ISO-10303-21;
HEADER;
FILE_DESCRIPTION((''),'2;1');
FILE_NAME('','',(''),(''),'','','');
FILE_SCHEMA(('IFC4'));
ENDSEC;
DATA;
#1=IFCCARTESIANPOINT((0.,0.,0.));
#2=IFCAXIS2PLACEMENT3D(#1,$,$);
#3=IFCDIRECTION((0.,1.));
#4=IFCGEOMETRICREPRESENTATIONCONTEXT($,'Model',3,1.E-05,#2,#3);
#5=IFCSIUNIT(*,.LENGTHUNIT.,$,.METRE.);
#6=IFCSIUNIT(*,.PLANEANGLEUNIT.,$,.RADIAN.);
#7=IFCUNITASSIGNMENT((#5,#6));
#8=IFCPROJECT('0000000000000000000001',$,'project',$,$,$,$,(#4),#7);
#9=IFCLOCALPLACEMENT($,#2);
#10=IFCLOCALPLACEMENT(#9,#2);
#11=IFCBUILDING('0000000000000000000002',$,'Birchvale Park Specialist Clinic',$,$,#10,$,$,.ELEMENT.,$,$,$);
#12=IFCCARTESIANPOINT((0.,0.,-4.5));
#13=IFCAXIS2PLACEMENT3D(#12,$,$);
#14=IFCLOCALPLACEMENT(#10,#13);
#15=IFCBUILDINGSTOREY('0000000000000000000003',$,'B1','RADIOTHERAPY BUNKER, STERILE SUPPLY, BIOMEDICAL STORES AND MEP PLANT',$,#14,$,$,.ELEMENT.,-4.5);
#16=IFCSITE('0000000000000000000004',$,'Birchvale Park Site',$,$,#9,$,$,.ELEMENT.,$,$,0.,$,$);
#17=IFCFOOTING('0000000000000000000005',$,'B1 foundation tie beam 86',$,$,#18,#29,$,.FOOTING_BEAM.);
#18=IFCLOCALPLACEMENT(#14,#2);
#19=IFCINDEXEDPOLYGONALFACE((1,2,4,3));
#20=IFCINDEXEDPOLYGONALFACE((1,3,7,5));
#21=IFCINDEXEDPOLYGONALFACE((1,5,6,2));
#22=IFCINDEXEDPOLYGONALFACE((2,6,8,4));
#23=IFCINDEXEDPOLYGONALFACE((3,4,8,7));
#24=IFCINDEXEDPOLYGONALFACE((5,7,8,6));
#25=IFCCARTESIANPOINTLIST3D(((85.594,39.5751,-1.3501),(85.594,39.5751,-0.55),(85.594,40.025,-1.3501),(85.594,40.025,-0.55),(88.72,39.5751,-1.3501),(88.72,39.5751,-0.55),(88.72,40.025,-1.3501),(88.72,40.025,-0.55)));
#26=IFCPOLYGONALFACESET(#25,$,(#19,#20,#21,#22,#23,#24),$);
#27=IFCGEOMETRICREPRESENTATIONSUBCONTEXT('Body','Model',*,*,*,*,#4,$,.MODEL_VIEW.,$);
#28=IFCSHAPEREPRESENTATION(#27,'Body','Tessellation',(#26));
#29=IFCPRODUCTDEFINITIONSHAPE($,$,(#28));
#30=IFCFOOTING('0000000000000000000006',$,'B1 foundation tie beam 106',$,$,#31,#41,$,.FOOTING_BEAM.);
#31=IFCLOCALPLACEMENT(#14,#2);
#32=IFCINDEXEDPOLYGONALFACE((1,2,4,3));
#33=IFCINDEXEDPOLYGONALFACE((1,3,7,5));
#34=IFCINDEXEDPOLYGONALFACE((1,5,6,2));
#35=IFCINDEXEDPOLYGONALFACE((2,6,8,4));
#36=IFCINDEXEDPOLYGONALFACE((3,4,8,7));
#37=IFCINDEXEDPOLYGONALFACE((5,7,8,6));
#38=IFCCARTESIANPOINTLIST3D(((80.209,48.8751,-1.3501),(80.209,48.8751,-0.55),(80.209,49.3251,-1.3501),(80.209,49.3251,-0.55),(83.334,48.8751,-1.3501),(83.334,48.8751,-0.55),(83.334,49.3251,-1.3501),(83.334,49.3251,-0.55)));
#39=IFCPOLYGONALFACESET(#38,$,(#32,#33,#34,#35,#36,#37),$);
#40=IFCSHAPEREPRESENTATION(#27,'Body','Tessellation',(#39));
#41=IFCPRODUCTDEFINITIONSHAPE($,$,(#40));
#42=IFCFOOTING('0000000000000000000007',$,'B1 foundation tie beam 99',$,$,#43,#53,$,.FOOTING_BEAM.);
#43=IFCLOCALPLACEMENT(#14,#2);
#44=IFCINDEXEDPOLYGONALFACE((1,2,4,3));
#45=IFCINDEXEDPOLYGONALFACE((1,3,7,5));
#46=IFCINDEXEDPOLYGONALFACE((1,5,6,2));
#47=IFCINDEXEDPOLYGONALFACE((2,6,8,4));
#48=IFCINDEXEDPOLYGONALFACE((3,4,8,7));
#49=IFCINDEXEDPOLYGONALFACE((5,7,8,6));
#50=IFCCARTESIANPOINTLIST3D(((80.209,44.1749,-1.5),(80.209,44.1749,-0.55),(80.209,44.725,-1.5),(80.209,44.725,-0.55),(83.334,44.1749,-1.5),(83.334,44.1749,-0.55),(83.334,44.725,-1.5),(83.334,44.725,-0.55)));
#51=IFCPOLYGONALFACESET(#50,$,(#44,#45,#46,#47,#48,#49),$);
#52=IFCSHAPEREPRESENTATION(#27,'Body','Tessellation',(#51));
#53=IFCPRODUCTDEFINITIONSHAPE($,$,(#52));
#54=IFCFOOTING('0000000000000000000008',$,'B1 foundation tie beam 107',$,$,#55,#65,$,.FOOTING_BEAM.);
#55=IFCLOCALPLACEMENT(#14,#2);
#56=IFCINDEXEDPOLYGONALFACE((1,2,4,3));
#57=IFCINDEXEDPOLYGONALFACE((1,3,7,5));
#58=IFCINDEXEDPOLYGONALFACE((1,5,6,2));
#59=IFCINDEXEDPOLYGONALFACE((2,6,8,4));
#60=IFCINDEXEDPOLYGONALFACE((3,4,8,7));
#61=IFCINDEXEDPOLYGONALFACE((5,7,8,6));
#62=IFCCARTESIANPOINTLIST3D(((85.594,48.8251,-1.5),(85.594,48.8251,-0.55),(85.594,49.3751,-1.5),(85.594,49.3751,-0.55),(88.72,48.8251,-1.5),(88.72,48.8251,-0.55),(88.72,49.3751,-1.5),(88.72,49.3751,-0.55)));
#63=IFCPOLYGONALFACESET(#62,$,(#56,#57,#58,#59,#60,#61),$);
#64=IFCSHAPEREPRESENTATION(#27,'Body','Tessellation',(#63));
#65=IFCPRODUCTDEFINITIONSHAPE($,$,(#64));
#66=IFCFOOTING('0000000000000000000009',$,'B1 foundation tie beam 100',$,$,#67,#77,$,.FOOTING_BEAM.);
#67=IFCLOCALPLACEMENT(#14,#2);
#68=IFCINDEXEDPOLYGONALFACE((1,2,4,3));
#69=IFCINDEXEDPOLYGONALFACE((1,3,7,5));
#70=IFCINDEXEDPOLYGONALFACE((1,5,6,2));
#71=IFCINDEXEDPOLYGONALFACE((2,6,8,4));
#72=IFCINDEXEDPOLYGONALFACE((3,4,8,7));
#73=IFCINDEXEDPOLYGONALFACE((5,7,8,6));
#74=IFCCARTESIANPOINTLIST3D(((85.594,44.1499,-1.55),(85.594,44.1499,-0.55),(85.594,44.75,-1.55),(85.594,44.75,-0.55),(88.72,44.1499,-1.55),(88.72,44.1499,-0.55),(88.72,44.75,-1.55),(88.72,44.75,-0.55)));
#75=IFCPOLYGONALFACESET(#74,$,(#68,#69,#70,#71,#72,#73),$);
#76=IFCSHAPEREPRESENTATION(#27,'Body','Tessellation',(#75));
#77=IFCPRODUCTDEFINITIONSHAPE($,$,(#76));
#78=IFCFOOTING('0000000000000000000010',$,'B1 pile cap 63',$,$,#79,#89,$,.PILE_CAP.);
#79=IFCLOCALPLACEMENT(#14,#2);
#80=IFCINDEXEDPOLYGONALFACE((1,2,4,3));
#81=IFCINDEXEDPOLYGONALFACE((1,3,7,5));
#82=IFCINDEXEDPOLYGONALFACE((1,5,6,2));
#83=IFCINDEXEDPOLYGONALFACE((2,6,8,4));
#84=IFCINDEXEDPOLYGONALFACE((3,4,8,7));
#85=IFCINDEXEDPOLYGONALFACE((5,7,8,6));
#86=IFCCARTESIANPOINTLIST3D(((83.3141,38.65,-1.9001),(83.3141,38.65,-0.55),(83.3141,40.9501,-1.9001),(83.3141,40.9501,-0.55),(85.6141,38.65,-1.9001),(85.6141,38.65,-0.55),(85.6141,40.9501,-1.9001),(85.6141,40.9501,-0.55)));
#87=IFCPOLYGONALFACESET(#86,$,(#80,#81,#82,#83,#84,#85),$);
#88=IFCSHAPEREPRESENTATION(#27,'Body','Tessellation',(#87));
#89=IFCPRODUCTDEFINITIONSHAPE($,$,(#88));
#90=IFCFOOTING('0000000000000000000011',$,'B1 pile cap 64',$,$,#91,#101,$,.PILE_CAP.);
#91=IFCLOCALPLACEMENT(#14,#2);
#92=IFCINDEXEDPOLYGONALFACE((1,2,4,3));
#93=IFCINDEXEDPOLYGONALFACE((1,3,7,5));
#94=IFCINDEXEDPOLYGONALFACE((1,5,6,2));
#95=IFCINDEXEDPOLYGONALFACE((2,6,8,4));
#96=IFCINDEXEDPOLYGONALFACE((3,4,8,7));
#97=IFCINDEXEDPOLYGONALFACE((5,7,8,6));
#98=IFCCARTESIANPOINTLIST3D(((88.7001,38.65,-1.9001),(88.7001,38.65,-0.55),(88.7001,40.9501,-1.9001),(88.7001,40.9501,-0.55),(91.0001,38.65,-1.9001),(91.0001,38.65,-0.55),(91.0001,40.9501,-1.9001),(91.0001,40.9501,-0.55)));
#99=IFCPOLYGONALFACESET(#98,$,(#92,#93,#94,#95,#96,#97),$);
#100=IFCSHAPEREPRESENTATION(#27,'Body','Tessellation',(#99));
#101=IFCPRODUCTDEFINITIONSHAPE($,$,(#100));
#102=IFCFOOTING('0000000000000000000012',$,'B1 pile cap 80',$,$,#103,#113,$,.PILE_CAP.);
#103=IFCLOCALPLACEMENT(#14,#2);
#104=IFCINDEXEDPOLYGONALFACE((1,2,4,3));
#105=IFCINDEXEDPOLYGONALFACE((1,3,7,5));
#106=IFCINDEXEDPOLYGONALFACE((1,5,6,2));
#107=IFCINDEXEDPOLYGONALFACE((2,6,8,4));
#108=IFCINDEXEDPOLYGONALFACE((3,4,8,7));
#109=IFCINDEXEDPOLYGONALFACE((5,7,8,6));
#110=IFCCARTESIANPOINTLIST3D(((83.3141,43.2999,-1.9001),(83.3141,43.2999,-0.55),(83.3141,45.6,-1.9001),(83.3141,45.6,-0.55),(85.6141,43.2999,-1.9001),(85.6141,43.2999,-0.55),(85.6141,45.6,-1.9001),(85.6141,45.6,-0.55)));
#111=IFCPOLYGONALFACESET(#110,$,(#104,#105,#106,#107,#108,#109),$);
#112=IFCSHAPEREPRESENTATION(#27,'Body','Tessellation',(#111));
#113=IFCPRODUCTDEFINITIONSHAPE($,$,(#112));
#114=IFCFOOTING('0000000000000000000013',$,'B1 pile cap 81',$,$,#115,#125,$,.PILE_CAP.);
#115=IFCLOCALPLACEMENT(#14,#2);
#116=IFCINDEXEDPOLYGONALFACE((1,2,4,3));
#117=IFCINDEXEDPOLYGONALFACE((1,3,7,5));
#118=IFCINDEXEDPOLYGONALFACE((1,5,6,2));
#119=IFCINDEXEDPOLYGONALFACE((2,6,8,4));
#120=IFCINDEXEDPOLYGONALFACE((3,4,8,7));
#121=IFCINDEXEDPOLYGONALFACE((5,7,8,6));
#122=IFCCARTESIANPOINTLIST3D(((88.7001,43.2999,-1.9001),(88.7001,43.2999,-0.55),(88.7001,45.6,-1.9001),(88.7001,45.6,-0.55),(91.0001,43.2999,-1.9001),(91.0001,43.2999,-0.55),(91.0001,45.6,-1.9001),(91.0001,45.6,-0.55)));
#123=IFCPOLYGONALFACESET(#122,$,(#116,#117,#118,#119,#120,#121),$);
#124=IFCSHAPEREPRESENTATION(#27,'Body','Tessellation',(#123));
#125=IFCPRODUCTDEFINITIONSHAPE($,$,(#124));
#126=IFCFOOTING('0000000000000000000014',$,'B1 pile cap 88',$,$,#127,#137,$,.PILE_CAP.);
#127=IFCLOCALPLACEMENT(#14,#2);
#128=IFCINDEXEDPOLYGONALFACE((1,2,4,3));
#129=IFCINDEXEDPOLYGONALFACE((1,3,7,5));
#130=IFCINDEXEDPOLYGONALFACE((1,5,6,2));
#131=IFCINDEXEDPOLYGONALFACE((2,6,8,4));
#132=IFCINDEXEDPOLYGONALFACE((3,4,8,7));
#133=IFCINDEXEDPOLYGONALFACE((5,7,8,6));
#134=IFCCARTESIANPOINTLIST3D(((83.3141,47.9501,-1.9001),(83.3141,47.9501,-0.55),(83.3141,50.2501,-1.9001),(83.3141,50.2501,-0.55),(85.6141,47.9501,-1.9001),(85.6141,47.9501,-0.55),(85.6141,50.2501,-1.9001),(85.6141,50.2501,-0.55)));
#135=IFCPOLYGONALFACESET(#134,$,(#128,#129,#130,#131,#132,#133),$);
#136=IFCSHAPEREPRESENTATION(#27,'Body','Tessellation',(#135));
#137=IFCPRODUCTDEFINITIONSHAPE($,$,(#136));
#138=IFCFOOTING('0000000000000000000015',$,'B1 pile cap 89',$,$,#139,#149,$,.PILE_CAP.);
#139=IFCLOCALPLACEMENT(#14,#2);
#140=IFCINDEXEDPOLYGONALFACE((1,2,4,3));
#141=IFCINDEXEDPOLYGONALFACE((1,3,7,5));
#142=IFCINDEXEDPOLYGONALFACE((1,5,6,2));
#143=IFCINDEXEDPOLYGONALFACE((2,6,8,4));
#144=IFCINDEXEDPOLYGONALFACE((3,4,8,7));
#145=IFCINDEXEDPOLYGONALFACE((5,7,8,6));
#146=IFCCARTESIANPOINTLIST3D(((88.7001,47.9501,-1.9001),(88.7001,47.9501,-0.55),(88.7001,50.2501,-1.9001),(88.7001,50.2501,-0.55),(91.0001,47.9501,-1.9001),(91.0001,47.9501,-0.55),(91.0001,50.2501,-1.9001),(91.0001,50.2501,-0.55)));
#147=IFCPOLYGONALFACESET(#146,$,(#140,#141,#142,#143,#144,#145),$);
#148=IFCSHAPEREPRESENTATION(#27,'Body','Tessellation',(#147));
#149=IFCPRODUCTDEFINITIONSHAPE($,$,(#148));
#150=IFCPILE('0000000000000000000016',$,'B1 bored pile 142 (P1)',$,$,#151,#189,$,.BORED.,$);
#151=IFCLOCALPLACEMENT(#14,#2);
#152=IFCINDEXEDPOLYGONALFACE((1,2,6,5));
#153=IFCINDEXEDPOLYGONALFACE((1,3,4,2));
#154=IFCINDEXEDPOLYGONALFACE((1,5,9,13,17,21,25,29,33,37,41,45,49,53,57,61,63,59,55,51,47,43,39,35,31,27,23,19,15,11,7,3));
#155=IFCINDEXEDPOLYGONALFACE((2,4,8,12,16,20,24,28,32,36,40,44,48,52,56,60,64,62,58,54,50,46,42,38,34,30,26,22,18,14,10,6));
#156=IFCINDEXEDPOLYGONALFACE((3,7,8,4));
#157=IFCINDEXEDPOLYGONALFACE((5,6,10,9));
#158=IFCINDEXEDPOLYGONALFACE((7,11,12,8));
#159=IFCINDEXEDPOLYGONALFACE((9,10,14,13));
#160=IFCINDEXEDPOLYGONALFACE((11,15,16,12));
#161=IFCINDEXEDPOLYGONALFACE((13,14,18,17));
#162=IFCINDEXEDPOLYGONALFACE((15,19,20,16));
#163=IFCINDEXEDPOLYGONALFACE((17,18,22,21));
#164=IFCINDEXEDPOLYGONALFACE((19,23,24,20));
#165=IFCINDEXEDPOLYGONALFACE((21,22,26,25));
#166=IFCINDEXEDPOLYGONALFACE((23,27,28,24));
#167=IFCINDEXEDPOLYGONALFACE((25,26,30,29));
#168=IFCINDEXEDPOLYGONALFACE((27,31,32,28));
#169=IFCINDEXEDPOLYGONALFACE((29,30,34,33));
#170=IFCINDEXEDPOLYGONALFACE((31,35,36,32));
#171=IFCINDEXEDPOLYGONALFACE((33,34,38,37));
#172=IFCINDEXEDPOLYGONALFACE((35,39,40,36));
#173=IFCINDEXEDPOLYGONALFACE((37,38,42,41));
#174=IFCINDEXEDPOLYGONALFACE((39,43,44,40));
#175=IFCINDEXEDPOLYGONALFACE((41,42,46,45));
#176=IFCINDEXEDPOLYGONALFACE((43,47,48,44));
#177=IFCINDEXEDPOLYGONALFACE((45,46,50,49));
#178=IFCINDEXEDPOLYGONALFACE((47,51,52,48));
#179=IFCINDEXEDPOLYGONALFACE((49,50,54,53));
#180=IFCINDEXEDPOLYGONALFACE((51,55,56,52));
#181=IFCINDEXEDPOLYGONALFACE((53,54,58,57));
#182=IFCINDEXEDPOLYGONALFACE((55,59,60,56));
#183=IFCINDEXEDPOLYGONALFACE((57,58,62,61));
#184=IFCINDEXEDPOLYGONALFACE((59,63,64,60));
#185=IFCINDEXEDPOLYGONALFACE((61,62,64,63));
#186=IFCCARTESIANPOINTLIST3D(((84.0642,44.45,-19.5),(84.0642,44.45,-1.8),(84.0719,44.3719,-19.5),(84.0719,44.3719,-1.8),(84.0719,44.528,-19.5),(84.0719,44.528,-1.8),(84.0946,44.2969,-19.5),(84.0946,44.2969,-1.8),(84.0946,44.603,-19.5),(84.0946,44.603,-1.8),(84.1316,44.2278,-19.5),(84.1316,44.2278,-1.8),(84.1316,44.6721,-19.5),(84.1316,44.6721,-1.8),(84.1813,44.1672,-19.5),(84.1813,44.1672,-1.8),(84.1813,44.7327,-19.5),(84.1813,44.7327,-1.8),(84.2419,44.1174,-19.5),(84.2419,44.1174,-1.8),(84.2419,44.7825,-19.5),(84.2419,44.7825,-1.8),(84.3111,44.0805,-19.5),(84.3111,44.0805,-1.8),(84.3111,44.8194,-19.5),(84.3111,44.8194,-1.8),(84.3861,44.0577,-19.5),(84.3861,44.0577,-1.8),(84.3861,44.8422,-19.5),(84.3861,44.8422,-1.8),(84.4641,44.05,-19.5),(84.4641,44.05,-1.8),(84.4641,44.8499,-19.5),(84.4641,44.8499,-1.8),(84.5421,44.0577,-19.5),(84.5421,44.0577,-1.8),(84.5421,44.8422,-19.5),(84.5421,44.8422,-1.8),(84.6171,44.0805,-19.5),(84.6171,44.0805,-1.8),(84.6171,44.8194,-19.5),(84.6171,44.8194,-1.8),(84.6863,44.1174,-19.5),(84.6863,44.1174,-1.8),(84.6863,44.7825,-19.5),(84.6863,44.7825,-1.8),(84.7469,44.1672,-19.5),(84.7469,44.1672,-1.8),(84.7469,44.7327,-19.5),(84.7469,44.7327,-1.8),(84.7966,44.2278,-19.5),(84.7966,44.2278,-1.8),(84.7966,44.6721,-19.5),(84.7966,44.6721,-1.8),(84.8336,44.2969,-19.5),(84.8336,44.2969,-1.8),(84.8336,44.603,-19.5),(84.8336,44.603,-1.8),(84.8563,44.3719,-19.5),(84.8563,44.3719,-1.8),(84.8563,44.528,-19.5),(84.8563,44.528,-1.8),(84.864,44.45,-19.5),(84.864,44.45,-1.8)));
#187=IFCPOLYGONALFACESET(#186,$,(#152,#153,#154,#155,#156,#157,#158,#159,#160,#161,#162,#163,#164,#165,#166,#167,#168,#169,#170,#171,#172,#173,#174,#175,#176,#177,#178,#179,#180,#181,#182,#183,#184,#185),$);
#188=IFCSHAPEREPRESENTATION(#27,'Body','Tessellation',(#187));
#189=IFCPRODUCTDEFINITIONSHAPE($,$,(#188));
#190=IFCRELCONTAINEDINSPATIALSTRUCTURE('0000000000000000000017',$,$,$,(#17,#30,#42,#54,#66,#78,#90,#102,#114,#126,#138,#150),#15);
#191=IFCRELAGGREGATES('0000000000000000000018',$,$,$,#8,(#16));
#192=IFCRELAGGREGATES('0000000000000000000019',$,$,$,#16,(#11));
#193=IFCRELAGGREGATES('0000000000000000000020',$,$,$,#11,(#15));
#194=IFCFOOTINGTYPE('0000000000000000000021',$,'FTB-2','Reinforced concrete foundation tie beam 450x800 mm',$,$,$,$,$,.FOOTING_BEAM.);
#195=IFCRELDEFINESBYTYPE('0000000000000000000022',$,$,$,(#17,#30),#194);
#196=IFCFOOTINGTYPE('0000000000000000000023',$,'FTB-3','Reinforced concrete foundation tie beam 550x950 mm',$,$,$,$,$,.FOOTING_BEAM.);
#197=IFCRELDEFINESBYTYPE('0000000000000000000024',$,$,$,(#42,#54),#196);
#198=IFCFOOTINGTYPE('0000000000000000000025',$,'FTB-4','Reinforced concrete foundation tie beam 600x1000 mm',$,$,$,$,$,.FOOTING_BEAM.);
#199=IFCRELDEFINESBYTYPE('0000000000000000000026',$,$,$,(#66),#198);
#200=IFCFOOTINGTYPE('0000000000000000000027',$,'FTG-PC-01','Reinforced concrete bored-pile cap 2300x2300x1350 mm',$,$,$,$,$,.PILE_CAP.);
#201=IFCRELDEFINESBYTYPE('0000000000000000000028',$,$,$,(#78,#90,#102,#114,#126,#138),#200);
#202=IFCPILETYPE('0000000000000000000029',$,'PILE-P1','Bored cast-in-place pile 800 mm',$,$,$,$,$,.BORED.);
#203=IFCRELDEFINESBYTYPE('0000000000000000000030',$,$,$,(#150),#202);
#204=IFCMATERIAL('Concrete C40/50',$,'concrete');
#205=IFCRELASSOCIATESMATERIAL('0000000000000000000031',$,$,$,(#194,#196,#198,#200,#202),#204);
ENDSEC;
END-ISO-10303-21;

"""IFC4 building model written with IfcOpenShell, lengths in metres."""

from ifc_helpers import new_model, si_unit, direction, frame, origin, origin_2d, place, context, subcontext, project, spatial, rectangle, circle, extrude, material, material_profile, profile_set, type_object, element, save


model = new_model("IFC4")

# Units and contexts
model_context = context("Model", 3, precision=1e-05, world=origin(), true_north=direction((0.0, 1.0)))
body_context = subcontext(model_context, "Body", "Model", "MODEL_VIEW")
ifc_project = project(units=[si_unit("LENGTHUNIT", "METRE"), si_unit("PLANEANGLEUNIT", "RADIAN")], contexts=[model_context])

# Site, building, storey
site_placement = place(None, origin())
site = spatial("IfcSite", under=ifc_project, at=site_placement, Name="Birchvale Park Site", CompositionType="ELEMENT", RefElevation=0.0)
building_placement = place(site_placement, origin())
building = spatial("IfcBuilding", under=site, at=building_placement, Name="Birchvale Park Specialist Clinic", CompositionType="ELEMENT")
storey_placement = place(building_placement, frame((0.0, 0.0, -4.5)))
storey = spatial("IfcBuildingStorey", under=building, at=storey_placement, Name="B1", Description="RADIOTHERAPY BUNKER, STERILE SUPPLY, BIOMEDICAL STORES AND MEP PLANT", CompositionType="ELEMENT", Elevation=-4.5)

# Footings
ifc_material = material(Name="Concrete C40/50", Category="concrete")
footing_type_1 = type_object("IfcFootingType", Name="FTB-2", Description="Reinforced concrete foundation tie beam 450x800 mm", PredefinedType="FOOTING_BEAM", material=ifc_material)
footing_1_placement = place(storey_placement, frame((87.157, 39.8, -1.3501), z_axis=(0.0, 0.0, 1.0), x_axis=(1.0, 0.0, 0.0)))
element("IfcFooting", 1, at=footing_1_placement, inside=storey, type_object=footing_type_1, Name="B1 foundation tie beam 86", PredefinedType="FOOTING_BEAM", context=body_context, shape_type="SweptSolid", body=[
    extrude(rectangle(XDim=3.126, YDim=0.45, at=origin_2d()), origin(), (0.0, 0.0, 1.0), 0.8),
])
footing_2_placement = place(storey_placement, frame((81.7715, 49.1001, -1.3501), z_axis=(0.0, 0.0, 1.0), x_axis=(1.0, 0.0, 0.0)))
element("IfcFooting", 2, at=footing_2_placement, inside=storey, type_object=footing_type_1, Name="B1 foundation tie beam 106", PredefinedType="FOOTING_BEAM", context=body_context, shape_type="SweptSolid", body=[
    extrude(rectangle(XDim=3.125, YDim=0.45, at=origin_2d()), origin(), (0.0, 0.0, 1.0), 0.8),
])
footing_type_2 = type_object("IfcFootingType", Name="FTB-3", Description="Reinforced concrete foundation tie beam 550x950 mm", PredefinedType="FOOTING_BEAM", material=ifc_material)
footing_3_placement = place(storey_placement, frame((81.7715, 44.45, -1.5), z_axis=(0.0, 0.0, 1.0), x_axis=(1.0, 0.0, 0.0)))
element("IfcFooting", 3, at=footing_3_placement, inside=storey, type_object=footing_type_2, Name="B1 foundation tie beam 99", PredefinedType="FOOTING_BEAM", context=body_context, shape_type="SweptSolid", body=[
    extrude(rectangle(XDim=3.125, YDim=0.55, at=origin_2d()), origin(), (0.0, 0.0, 1.0), 0.95),
])
footing_4_placement = place(storey_placement, frame((87.157, 49.1001, -1.5), z_axis=(0.0, 0.0, 1.0), x_axis=(1.0, 0.0, 0.0)))
element("IfcFooting", 4, at=footing_4_placement, inside=storey, type_object=footing_type_2, Name="B1 foundation tie beam 107", PredefinedType="FOOTING_BEAM", context=body_context, shape_type="SweptSolid", body=[
    extrude(rectangle(XDim=3.126, YDim=0.55, at=origin_2d()), origin(), (0.0, 0.0, 1.0), 0.95),
])
footing_type_3 = type_object("IfcFootingType", Name="FTB-4", Description="Reinforced concrete foundation tie beam 600x1000 mm", PredefinedType="FOOTING_BEAM", material=ifc_material)
footing_5_placement = place(storey_placement, frame((87.157, 44.45, -1.55), z_axis=(0.0, 0.0, 1.0), x_axis=(1.0, 0.0, 0.0)))
element("IfcFooting", 5, at=footing_5_placement, inside=storey, type_object=footing_type_3, Name="B1 foundation tie beam 100", PredefinedType="FOOTING_BEAM", context=body_context, shape_type="SweptSolid", body=[
    extrude(rectangle(XDim=3.126, YDim=0.6001, at=origin_2d()), origin(), (0.0, 0.0, 1.0), 1.0),
])
footing_type_4 = type_object("IfcFootingType", Name="FTG-PC-01", Description="Reinforced concrete bored-pile cap 2300x2300x1350 mm", PredefinedType="PILE_CAP", material=ifc_material)
for number, where, z_axis, x_axis, name in (
    (6, (84.4641, 39.8, -1.9001), (0.0, 0.0, 1.0), (1.0, 0.0, 0.0), "B1 pile cap 63"),
    (7, (89.8501, 39.8, -1.9001), (0.0, 0.0, 1.0), (1.0, 0.0, 0.0), "B1 pile cap 64"),
    (8, (84.4641, 44.45, -1.9001), (0.0, 0.0, 1.0), (1.0, 0.0, 0.0), "B1 pile cap 80"),
    (9, (89.8501, 44.45, -1.9001), (0.0, 0.0, 1.0), (1.0, 0.0, 0.0), "B1 pile cap 81"),
    (10, (84.4641, 49.1001, -1.9001), (0.0, 0.0, 1.0), (1.0, 0.0, 0.0), "B1 pile cap 88"),
    (11, (89.8501, 49.1001, -1.9001), (0.0, 0.0, 1.0), (1.0, 0.0, 0.0), "B1 pile cap 89"),
):
    element("IfcFooting", number, at=place(storey_placement, frame(where, z_axis=z_axis, x_axis=x_axis)), inside=storey, type_object=footing_type_4, Name=name, PredefinedType="PILE_CAP", context=body_context, shape_type="SweptSolid", body=[
        extrude(rectangle(XDim=2.3, YDim=2.3, at=origin_2d()), origin(), (0.0, 0.0, 1.0), 1.3501),
    ])

# Pile
ifc_material_profile_1 = material_profile(ifc_material, circle(Radius=0.3999, at=origin_2d()), Name="PILE-800")
ifc_profile_set_1 = profile_set([ifc_material_profile_1], Name="Concrete C40/50")
pile_type_1 = type_object("IfcPileType", Name="PILE-P1", Description="Bored cast-in-place pile 800 mm", PredefinedType="BORED", material=ifc_profile_set_1)
for number, where, z_axis, x_axis, name in (
    (12, (84.4641, 44.45, -1.8), (0.0, 0.0, -1.0), (1.0, 0.0, 0.0), "B1 bored pile 142 (P1)"),
):
    element("IfcPile", number, at=place(storey_placement, frame(where, z_axis=z_axis, x_axis=x_axis)), inside=storey, type_object=pile_type_1, Name=name, PredefinedType="BORED", context=body_context, shape_type="SweptSolid", body=[
        extrude(circle(Radius=0.3999, at=origin_2d()), origin(), (0.0, 0.0, 1.0), 17.7),
    ])

save(model, "model.ifc")
